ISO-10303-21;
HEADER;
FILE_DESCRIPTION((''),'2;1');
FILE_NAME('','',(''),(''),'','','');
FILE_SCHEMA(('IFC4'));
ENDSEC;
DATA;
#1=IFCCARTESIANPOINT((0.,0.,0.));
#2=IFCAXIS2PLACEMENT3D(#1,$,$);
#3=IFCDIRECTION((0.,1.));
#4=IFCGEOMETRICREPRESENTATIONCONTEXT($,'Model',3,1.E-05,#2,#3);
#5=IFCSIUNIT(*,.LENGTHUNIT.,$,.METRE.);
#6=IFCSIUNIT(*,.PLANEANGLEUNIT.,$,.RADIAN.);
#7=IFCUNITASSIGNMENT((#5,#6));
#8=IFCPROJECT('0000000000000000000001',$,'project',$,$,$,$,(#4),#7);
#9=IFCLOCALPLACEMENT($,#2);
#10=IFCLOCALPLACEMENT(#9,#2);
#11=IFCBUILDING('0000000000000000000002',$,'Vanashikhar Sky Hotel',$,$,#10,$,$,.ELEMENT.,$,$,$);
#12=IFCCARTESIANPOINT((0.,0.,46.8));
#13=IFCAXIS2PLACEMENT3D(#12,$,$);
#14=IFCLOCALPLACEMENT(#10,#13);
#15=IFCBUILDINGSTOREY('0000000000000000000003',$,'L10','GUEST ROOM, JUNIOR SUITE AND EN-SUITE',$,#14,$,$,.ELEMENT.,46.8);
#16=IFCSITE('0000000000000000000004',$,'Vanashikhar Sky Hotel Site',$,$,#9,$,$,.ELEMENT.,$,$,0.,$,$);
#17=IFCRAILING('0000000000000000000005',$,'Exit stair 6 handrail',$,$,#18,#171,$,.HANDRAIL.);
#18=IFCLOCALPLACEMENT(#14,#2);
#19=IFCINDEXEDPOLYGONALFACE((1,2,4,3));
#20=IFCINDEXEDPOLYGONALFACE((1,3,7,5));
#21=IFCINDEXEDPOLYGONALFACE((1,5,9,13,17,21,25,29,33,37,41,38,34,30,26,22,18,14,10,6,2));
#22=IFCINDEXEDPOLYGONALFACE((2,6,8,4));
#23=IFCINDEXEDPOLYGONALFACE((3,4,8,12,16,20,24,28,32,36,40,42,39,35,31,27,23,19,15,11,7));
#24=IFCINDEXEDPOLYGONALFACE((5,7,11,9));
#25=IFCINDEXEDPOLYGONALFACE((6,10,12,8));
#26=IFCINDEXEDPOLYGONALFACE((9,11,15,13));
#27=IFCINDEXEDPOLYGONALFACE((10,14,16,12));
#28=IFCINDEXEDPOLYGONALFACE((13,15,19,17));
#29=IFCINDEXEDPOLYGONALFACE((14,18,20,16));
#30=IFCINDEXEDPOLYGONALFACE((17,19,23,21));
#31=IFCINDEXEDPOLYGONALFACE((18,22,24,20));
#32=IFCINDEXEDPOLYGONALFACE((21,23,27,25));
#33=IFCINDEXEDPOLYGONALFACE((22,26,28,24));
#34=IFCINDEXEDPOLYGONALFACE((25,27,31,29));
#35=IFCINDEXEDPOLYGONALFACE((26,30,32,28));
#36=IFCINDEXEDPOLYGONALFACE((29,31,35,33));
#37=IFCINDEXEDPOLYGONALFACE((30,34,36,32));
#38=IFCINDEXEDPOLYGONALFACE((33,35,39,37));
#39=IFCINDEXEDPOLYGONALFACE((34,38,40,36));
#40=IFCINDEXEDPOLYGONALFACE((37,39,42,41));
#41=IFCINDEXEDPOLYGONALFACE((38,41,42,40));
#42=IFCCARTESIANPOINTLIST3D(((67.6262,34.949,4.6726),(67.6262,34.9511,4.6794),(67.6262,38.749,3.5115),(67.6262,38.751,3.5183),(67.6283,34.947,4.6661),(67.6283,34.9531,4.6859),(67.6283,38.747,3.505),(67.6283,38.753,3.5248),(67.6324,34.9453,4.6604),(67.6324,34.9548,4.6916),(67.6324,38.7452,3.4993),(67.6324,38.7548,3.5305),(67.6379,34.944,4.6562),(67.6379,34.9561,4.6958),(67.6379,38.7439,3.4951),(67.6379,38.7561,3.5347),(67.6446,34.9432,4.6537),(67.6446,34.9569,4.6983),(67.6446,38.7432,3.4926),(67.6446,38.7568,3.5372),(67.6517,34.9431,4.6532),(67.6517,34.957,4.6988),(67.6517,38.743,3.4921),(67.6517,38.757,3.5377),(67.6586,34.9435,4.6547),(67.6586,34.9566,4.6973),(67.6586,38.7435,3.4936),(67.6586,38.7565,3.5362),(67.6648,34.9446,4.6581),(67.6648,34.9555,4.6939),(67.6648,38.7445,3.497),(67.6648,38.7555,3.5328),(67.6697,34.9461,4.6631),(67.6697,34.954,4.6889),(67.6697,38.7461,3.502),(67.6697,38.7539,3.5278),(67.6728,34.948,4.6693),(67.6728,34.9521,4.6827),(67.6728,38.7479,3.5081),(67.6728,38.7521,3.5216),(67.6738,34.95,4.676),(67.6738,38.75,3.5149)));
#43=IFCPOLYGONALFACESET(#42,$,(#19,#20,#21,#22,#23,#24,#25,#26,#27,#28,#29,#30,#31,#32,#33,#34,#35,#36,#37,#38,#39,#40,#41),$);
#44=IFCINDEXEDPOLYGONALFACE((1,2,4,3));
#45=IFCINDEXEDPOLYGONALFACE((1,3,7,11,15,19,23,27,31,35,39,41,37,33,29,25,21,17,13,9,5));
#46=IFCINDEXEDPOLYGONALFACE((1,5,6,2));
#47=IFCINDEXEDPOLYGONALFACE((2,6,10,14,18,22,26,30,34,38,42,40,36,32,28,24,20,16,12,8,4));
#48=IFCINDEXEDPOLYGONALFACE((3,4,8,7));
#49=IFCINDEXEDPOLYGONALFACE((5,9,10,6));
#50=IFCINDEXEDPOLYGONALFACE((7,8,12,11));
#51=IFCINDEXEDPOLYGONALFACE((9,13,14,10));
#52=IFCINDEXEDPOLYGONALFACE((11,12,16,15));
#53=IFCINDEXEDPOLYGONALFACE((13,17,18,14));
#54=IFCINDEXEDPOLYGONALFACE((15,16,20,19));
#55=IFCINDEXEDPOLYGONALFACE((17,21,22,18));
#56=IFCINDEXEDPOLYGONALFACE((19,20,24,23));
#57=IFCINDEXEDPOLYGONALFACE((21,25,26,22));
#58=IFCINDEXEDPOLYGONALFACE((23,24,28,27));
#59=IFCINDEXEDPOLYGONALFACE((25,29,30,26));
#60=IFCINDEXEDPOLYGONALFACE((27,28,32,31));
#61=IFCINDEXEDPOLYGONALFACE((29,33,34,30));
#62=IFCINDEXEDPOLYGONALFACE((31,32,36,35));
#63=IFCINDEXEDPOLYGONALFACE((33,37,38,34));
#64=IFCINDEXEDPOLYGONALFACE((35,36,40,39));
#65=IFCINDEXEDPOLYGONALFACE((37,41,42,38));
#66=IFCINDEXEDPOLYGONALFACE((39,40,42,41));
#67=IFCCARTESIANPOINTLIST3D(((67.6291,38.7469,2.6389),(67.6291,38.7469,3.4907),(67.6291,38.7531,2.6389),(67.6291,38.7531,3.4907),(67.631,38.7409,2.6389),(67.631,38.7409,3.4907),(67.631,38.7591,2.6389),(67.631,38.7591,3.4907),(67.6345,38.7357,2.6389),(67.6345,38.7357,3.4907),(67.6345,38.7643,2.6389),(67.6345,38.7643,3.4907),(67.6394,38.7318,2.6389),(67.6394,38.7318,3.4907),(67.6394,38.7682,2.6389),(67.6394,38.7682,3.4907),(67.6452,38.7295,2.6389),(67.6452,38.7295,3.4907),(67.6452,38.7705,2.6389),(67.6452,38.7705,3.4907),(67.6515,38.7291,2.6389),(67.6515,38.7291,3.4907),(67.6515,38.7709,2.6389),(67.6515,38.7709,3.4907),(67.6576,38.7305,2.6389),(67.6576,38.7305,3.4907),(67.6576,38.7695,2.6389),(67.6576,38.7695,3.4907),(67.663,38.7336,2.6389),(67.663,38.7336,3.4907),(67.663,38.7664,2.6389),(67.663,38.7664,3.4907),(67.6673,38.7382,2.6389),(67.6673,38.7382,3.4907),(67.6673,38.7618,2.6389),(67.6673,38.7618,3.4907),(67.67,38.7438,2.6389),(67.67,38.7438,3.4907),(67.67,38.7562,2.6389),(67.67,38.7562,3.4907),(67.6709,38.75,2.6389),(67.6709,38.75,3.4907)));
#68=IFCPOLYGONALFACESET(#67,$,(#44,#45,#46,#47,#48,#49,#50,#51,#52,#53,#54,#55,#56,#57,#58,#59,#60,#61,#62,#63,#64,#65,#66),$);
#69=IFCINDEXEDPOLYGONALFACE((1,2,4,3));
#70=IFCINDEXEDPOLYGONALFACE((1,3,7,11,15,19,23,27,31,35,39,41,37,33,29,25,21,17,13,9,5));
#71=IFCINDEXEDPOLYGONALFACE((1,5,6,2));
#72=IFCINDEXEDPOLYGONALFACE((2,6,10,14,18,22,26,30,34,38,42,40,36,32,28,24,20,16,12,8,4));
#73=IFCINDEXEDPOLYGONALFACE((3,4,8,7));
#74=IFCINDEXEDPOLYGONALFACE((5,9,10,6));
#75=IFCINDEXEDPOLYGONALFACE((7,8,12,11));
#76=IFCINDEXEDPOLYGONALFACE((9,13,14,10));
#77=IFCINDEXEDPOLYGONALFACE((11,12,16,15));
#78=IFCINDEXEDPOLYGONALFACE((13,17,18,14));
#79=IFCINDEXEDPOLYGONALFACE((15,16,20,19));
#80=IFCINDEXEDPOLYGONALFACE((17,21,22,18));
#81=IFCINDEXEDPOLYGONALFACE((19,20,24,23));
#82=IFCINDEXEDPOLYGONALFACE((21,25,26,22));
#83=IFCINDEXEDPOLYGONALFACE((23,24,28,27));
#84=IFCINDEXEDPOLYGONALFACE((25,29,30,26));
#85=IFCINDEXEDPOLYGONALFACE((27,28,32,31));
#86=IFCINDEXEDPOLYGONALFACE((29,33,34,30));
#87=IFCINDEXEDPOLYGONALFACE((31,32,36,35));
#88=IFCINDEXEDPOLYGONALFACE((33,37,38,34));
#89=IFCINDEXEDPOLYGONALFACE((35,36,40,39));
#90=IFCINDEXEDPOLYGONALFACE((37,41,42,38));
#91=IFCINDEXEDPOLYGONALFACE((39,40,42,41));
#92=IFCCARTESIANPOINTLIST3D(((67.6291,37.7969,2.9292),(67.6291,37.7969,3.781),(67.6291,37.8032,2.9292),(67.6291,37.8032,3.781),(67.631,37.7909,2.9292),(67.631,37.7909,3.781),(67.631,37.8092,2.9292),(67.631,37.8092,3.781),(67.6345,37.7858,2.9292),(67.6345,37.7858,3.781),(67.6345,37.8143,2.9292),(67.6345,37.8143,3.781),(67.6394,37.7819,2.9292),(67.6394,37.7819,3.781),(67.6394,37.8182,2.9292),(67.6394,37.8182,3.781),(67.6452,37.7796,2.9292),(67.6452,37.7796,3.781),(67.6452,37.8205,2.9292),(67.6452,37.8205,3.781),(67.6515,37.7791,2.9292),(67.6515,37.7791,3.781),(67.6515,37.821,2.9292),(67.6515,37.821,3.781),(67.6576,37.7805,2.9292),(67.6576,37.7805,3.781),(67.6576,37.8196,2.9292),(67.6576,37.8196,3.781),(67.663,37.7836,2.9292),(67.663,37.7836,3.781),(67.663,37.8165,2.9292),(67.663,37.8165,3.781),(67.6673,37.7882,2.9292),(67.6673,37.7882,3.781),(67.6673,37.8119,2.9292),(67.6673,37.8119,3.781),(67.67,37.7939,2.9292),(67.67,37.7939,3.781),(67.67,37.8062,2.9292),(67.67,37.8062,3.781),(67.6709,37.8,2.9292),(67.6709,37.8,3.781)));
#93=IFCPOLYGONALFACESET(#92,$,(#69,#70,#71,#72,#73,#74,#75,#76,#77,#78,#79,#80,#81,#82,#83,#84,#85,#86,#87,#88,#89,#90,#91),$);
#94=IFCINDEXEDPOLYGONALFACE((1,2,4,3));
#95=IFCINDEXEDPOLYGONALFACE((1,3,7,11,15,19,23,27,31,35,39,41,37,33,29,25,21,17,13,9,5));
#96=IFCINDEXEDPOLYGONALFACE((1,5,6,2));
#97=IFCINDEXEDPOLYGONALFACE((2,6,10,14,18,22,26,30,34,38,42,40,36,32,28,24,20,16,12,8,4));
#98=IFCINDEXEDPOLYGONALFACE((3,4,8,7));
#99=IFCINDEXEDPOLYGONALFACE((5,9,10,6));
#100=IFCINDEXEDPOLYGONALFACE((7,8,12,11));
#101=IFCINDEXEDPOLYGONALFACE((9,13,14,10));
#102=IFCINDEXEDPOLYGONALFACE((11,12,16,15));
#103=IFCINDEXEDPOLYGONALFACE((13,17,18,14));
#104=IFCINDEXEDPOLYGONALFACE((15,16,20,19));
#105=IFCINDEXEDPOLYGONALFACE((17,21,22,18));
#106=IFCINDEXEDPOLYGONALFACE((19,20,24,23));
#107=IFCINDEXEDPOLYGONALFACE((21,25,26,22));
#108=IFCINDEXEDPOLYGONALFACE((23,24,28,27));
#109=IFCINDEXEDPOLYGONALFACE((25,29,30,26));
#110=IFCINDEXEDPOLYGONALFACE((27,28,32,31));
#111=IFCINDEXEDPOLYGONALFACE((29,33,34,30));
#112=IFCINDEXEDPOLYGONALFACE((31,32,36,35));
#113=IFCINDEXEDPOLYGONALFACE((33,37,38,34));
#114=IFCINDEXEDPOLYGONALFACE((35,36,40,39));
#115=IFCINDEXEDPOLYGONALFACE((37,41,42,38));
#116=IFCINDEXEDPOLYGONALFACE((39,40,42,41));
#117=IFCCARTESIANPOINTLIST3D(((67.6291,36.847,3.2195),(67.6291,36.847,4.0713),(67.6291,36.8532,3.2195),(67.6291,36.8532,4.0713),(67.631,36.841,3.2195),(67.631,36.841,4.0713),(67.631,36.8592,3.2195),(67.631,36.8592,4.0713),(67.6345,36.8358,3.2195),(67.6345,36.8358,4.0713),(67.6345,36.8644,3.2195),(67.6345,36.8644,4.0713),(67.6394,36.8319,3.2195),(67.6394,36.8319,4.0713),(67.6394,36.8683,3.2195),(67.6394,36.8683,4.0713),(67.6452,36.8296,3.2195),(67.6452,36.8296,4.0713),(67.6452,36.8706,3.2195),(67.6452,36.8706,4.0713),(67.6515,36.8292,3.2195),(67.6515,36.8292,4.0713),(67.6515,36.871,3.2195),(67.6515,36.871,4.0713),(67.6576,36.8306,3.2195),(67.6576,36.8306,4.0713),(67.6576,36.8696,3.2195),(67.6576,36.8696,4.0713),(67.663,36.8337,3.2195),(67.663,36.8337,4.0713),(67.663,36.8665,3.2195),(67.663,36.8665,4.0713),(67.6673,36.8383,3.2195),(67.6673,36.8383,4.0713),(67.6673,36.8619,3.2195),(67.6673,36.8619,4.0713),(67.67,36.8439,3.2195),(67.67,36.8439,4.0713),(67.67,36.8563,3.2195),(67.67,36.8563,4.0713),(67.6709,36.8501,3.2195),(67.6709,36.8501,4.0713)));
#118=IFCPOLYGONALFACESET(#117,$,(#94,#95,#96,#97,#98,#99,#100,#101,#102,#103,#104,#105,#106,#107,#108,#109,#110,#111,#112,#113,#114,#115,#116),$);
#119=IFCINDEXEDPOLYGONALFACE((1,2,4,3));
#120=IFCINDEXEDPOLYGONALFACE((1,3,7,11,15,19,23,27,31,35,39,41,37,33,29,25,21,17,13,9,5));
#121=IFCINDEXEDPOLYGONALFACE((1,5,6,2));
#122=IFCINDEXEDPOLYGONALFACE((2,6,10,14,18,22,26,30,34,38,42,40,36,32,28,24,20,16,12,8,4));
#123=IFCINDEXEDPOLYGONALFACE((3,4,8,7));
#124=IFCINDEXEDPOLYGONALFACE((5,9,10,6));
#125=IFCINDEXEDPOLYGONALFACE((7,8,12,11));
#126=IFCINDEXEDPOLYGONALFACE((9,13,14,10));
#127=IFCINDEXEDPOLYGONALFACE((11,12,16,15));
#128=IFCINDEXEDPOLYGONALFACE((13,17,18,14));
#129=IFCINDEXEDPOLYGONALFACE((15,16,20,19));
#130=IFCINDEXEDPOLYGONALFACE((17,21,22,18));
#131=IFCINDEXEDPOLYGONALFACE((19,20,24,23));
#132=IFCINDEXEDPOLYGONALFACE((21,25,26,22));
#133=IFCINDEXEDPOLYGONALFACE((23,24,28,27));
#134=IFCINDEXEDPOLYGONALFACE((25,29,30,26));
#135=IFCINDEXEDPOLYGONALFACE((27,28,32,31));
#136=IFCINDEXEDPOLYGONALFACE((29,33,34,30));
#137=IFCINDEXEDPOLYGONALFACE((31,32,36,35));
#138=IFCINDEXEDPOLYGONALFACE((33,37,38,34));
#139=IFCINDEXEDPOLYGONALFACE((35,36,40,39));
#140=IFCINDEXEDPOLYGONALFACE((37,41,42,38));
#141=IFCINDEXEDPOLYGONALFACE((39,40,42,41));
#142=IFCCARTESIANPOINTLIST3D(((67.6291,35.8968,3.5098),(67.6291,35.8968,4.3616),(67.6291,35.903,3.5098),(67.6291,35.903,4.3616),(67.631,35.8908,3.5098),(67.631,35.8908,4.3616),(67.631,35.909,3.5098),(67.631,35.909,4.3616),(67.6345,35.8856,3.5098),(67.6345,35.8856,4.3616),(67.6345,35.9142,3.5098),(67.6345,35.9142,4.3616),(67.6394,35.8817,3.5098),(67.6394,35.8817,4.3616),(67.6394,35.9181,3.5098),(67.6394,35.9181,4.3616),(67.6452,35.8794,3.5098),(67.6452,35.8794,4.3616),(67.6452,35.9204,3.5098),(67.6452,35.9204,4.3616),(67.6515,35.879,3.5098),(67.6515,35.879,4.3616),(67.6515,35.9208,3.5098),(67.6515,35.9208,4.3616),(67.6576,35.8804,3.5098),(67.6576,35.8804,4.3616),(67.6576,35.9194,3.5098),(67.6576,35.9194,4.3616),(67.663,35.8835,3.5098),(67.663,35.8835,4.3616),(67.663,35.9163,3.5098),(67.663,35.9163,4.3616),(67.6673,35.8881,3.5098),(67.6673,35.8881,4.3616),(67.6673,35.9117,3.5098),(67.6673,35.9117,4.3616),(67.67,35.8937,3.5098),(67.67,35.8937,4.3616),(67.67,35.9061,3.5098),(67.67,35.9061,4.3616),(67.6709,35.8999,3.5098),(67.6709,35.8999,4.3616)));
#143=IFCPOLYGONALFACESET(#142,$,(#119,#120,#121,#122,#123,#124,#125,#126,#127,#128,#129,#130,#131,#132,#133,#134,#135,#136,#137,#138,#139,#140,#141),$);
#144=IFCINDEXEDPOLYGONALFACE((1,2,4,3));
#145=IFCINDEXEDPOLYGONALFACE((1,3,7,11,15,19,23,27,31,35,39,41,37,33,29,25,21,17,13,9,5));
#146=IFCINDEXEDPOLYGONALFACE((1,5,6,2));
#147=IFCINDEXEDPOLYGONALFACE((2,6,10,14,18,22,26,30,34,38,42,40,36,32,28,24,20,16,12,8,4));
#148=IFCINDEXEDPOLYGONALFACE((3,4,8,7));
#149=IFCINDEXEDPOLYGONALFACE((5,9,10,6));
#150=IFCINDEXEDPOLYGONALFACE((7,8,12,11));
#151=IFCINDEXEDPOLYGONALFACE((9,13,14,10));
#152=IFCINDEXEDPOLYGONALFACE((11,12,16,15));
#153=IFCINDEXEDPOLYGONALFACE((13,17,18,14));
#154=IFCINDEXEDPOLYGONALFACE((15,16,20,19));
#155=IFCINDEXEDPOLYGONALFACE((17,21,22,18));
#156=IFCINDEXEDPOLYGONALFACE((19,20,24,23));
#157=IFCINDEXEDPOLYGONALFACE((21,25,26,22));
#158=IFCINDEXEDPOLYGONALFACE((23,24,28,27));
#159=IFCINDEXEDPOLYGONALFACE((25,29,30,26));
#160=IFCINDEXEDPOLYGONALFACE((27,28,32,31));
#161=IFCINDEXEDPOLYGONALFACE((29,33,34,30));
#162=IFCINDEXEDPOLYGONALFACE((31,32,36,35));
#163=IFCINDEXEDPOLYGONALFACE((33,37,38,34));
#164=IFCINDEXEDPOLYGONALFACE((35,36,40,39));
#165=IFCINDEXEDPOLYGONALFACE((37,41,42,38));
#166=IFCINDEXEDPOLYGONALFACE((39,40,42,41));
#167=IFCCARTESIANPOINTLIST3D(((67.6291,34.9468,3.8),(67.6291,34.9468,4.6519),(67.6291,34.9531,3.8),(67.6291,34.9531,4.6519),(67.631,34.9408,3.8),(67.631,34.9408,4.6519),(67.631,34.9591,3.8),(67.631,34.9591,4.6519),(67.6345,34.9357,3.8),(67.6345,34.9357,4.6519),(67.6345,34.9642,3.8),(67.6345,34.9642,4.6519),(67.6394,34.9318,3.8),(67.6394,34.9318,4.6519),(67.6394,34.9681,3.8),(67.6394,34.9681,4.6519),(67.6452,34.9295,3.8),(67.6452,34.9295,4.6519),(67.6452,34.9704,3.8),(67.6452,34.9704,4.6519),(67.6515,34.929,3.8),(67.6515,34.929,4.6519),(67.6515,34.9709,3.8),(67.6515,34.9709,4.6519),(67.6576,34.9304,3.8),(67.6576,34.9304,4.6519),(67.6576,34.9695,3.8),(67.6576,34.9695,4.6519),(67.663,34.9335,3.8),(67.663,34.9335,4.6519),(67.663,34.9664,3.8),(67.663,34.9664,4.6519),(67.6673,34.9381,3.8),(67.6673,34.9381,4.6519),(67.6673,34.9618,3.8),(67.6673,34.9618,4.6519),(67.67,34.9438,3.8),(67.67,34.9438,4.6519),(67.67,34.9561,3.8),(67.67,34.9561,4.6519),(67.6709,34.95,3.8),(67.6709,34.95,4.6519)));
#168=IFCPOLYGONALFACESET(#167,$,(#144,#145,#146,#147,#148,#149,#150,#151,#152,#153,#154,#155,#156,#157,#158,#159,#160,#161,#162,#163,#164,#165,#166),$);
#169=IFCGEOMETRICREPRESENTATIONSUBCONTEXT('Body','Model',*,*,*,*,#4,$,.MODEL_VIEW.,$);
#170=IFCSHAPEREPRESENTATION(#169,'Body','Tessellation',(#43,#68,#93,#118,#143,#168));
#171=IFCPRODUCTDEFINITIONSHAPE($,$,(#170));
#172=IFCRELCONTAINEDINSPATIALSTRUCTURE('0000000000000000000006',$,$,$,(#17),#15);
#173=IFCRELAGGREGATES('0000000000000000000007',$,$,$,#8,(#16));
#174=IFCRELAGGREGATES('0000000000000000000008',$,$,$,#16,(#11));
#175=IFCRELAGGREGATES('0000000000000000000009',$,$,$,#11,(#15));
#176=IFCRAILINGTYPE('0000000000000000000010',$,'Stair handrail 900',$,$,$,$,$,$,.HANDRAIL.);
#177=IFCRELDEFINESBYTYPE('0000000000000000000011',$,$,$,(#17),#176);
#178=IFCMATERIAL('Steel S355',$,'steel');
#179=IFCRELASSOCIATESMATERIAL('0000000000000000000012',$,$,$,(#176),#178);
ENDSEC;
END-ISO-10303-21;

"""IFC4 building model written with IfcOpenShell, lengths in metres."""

from ifc_helpers import new_model, si_unit, direction, frame, origin, origin_2d, place, context, subcontext, project, spatial, circle, extrude, source, transform, mapped, material, type_object, element, save


model = new_model("IFC4")

# Units and contexts
model_context = context("Model", 3, precision=1e-05, world=origin(), true_north=direction((0.0, 1.0)))
body_context = subcontext(model_context, "Body", "Model", "MODEL_VIEW")
ifc_project = project(units=[si_unit("LENGTHUNIT", "METRE"), si_unit("PLANEANGLEUNIT", "RADIAN")], contexts=[model_context])

# Site, building, storey
site_placement = place(None, origin())
site = spatial("IfcSite", under=ifc_project, at=site_placement, Name="Vanashikhar Sky Hotel Site", CompositionType="ELEMENT", RefElevation=0.0)
building_placement = place(site_placement, origin())
building = spatial("IfcBuilding", under=site, at=building_placement, Name="Vanashikhar Sky Hotel", CompositionType="ELEMENT")
storey_placement = place(building_placement, frame((0.0, 0.0, 46.8)))
storey = spatial("IfcBuildingStorey", under=building, at=storey_placement, Name="L10", Description="GUEST ROOM, JUNIOR SUITE AND EN-SUITE", CompositionType="ELEMENT", Elevation=46.8)

# Railing
ifc_material_1 = material(Name="Steel S355", Category="steel")
railing_type_1 = type_object("IfcRailingType", Name="Stair handrail 900", PredefinedType="HANDRAIL", material=ifc_material_1)
shared_shape_1 = source(origin(), body_context, "Body", "SweptSolid", [
    extrude(circle(Radius=0.0239, at=origin_2d()), frame((0.0, 0.0, 0.876), z_axis=(0.0, -0.956351, 0.29222), x_axis=(1.0, 0.0, 0.0)), (0.0, 0.0, 1.0), 3.9734),
    extrude(circle(Radius=0.021, at=origin_2d()), origin(), (0.0, 0.0, 1.0), 0.8518),
    extrude(circle(Radius=0.021, at=origin_2d()), frame((0.0, -0.95, 0.2903)), (0.0, 0.0, 1.0), 0.8518),
    extrude(circle(Radius=0.021, at=origin_2d()), frame((0.0, -1.8999, 0.5806)), (0.0, 0.0, 1.0), 0.8518),
    extrude(circle(Radius=0.021, at=origin_2d()), frame((0.0, -2.8501, 0.8708)), (0.0, 0.0, 1.0), 0.8518),
    extrude(circle(Radius=0.021, at=origin_2d()), frame((0.0, -3.8, 1.1611)), (0.0, 0.0, 1.0), 0.8518),
])
for number, where, name in (
    (1, (67.6499, 38.75, 2.6389), "Exit stair 6 handrail"),
):
    element("IfcRailing", number, at=place(storey_placement, frame(where)), inside=storey, type_object=railing_type_1, Name=name, PredefinedType="HANDRAIL", context=body_context, shape_type="MappedRepresentation", body=[
        mapped(shared_shape_1, transform((0.0, 0.0, 0.0), scale=1.0)),
    ])

save(model, "model.ifc")
